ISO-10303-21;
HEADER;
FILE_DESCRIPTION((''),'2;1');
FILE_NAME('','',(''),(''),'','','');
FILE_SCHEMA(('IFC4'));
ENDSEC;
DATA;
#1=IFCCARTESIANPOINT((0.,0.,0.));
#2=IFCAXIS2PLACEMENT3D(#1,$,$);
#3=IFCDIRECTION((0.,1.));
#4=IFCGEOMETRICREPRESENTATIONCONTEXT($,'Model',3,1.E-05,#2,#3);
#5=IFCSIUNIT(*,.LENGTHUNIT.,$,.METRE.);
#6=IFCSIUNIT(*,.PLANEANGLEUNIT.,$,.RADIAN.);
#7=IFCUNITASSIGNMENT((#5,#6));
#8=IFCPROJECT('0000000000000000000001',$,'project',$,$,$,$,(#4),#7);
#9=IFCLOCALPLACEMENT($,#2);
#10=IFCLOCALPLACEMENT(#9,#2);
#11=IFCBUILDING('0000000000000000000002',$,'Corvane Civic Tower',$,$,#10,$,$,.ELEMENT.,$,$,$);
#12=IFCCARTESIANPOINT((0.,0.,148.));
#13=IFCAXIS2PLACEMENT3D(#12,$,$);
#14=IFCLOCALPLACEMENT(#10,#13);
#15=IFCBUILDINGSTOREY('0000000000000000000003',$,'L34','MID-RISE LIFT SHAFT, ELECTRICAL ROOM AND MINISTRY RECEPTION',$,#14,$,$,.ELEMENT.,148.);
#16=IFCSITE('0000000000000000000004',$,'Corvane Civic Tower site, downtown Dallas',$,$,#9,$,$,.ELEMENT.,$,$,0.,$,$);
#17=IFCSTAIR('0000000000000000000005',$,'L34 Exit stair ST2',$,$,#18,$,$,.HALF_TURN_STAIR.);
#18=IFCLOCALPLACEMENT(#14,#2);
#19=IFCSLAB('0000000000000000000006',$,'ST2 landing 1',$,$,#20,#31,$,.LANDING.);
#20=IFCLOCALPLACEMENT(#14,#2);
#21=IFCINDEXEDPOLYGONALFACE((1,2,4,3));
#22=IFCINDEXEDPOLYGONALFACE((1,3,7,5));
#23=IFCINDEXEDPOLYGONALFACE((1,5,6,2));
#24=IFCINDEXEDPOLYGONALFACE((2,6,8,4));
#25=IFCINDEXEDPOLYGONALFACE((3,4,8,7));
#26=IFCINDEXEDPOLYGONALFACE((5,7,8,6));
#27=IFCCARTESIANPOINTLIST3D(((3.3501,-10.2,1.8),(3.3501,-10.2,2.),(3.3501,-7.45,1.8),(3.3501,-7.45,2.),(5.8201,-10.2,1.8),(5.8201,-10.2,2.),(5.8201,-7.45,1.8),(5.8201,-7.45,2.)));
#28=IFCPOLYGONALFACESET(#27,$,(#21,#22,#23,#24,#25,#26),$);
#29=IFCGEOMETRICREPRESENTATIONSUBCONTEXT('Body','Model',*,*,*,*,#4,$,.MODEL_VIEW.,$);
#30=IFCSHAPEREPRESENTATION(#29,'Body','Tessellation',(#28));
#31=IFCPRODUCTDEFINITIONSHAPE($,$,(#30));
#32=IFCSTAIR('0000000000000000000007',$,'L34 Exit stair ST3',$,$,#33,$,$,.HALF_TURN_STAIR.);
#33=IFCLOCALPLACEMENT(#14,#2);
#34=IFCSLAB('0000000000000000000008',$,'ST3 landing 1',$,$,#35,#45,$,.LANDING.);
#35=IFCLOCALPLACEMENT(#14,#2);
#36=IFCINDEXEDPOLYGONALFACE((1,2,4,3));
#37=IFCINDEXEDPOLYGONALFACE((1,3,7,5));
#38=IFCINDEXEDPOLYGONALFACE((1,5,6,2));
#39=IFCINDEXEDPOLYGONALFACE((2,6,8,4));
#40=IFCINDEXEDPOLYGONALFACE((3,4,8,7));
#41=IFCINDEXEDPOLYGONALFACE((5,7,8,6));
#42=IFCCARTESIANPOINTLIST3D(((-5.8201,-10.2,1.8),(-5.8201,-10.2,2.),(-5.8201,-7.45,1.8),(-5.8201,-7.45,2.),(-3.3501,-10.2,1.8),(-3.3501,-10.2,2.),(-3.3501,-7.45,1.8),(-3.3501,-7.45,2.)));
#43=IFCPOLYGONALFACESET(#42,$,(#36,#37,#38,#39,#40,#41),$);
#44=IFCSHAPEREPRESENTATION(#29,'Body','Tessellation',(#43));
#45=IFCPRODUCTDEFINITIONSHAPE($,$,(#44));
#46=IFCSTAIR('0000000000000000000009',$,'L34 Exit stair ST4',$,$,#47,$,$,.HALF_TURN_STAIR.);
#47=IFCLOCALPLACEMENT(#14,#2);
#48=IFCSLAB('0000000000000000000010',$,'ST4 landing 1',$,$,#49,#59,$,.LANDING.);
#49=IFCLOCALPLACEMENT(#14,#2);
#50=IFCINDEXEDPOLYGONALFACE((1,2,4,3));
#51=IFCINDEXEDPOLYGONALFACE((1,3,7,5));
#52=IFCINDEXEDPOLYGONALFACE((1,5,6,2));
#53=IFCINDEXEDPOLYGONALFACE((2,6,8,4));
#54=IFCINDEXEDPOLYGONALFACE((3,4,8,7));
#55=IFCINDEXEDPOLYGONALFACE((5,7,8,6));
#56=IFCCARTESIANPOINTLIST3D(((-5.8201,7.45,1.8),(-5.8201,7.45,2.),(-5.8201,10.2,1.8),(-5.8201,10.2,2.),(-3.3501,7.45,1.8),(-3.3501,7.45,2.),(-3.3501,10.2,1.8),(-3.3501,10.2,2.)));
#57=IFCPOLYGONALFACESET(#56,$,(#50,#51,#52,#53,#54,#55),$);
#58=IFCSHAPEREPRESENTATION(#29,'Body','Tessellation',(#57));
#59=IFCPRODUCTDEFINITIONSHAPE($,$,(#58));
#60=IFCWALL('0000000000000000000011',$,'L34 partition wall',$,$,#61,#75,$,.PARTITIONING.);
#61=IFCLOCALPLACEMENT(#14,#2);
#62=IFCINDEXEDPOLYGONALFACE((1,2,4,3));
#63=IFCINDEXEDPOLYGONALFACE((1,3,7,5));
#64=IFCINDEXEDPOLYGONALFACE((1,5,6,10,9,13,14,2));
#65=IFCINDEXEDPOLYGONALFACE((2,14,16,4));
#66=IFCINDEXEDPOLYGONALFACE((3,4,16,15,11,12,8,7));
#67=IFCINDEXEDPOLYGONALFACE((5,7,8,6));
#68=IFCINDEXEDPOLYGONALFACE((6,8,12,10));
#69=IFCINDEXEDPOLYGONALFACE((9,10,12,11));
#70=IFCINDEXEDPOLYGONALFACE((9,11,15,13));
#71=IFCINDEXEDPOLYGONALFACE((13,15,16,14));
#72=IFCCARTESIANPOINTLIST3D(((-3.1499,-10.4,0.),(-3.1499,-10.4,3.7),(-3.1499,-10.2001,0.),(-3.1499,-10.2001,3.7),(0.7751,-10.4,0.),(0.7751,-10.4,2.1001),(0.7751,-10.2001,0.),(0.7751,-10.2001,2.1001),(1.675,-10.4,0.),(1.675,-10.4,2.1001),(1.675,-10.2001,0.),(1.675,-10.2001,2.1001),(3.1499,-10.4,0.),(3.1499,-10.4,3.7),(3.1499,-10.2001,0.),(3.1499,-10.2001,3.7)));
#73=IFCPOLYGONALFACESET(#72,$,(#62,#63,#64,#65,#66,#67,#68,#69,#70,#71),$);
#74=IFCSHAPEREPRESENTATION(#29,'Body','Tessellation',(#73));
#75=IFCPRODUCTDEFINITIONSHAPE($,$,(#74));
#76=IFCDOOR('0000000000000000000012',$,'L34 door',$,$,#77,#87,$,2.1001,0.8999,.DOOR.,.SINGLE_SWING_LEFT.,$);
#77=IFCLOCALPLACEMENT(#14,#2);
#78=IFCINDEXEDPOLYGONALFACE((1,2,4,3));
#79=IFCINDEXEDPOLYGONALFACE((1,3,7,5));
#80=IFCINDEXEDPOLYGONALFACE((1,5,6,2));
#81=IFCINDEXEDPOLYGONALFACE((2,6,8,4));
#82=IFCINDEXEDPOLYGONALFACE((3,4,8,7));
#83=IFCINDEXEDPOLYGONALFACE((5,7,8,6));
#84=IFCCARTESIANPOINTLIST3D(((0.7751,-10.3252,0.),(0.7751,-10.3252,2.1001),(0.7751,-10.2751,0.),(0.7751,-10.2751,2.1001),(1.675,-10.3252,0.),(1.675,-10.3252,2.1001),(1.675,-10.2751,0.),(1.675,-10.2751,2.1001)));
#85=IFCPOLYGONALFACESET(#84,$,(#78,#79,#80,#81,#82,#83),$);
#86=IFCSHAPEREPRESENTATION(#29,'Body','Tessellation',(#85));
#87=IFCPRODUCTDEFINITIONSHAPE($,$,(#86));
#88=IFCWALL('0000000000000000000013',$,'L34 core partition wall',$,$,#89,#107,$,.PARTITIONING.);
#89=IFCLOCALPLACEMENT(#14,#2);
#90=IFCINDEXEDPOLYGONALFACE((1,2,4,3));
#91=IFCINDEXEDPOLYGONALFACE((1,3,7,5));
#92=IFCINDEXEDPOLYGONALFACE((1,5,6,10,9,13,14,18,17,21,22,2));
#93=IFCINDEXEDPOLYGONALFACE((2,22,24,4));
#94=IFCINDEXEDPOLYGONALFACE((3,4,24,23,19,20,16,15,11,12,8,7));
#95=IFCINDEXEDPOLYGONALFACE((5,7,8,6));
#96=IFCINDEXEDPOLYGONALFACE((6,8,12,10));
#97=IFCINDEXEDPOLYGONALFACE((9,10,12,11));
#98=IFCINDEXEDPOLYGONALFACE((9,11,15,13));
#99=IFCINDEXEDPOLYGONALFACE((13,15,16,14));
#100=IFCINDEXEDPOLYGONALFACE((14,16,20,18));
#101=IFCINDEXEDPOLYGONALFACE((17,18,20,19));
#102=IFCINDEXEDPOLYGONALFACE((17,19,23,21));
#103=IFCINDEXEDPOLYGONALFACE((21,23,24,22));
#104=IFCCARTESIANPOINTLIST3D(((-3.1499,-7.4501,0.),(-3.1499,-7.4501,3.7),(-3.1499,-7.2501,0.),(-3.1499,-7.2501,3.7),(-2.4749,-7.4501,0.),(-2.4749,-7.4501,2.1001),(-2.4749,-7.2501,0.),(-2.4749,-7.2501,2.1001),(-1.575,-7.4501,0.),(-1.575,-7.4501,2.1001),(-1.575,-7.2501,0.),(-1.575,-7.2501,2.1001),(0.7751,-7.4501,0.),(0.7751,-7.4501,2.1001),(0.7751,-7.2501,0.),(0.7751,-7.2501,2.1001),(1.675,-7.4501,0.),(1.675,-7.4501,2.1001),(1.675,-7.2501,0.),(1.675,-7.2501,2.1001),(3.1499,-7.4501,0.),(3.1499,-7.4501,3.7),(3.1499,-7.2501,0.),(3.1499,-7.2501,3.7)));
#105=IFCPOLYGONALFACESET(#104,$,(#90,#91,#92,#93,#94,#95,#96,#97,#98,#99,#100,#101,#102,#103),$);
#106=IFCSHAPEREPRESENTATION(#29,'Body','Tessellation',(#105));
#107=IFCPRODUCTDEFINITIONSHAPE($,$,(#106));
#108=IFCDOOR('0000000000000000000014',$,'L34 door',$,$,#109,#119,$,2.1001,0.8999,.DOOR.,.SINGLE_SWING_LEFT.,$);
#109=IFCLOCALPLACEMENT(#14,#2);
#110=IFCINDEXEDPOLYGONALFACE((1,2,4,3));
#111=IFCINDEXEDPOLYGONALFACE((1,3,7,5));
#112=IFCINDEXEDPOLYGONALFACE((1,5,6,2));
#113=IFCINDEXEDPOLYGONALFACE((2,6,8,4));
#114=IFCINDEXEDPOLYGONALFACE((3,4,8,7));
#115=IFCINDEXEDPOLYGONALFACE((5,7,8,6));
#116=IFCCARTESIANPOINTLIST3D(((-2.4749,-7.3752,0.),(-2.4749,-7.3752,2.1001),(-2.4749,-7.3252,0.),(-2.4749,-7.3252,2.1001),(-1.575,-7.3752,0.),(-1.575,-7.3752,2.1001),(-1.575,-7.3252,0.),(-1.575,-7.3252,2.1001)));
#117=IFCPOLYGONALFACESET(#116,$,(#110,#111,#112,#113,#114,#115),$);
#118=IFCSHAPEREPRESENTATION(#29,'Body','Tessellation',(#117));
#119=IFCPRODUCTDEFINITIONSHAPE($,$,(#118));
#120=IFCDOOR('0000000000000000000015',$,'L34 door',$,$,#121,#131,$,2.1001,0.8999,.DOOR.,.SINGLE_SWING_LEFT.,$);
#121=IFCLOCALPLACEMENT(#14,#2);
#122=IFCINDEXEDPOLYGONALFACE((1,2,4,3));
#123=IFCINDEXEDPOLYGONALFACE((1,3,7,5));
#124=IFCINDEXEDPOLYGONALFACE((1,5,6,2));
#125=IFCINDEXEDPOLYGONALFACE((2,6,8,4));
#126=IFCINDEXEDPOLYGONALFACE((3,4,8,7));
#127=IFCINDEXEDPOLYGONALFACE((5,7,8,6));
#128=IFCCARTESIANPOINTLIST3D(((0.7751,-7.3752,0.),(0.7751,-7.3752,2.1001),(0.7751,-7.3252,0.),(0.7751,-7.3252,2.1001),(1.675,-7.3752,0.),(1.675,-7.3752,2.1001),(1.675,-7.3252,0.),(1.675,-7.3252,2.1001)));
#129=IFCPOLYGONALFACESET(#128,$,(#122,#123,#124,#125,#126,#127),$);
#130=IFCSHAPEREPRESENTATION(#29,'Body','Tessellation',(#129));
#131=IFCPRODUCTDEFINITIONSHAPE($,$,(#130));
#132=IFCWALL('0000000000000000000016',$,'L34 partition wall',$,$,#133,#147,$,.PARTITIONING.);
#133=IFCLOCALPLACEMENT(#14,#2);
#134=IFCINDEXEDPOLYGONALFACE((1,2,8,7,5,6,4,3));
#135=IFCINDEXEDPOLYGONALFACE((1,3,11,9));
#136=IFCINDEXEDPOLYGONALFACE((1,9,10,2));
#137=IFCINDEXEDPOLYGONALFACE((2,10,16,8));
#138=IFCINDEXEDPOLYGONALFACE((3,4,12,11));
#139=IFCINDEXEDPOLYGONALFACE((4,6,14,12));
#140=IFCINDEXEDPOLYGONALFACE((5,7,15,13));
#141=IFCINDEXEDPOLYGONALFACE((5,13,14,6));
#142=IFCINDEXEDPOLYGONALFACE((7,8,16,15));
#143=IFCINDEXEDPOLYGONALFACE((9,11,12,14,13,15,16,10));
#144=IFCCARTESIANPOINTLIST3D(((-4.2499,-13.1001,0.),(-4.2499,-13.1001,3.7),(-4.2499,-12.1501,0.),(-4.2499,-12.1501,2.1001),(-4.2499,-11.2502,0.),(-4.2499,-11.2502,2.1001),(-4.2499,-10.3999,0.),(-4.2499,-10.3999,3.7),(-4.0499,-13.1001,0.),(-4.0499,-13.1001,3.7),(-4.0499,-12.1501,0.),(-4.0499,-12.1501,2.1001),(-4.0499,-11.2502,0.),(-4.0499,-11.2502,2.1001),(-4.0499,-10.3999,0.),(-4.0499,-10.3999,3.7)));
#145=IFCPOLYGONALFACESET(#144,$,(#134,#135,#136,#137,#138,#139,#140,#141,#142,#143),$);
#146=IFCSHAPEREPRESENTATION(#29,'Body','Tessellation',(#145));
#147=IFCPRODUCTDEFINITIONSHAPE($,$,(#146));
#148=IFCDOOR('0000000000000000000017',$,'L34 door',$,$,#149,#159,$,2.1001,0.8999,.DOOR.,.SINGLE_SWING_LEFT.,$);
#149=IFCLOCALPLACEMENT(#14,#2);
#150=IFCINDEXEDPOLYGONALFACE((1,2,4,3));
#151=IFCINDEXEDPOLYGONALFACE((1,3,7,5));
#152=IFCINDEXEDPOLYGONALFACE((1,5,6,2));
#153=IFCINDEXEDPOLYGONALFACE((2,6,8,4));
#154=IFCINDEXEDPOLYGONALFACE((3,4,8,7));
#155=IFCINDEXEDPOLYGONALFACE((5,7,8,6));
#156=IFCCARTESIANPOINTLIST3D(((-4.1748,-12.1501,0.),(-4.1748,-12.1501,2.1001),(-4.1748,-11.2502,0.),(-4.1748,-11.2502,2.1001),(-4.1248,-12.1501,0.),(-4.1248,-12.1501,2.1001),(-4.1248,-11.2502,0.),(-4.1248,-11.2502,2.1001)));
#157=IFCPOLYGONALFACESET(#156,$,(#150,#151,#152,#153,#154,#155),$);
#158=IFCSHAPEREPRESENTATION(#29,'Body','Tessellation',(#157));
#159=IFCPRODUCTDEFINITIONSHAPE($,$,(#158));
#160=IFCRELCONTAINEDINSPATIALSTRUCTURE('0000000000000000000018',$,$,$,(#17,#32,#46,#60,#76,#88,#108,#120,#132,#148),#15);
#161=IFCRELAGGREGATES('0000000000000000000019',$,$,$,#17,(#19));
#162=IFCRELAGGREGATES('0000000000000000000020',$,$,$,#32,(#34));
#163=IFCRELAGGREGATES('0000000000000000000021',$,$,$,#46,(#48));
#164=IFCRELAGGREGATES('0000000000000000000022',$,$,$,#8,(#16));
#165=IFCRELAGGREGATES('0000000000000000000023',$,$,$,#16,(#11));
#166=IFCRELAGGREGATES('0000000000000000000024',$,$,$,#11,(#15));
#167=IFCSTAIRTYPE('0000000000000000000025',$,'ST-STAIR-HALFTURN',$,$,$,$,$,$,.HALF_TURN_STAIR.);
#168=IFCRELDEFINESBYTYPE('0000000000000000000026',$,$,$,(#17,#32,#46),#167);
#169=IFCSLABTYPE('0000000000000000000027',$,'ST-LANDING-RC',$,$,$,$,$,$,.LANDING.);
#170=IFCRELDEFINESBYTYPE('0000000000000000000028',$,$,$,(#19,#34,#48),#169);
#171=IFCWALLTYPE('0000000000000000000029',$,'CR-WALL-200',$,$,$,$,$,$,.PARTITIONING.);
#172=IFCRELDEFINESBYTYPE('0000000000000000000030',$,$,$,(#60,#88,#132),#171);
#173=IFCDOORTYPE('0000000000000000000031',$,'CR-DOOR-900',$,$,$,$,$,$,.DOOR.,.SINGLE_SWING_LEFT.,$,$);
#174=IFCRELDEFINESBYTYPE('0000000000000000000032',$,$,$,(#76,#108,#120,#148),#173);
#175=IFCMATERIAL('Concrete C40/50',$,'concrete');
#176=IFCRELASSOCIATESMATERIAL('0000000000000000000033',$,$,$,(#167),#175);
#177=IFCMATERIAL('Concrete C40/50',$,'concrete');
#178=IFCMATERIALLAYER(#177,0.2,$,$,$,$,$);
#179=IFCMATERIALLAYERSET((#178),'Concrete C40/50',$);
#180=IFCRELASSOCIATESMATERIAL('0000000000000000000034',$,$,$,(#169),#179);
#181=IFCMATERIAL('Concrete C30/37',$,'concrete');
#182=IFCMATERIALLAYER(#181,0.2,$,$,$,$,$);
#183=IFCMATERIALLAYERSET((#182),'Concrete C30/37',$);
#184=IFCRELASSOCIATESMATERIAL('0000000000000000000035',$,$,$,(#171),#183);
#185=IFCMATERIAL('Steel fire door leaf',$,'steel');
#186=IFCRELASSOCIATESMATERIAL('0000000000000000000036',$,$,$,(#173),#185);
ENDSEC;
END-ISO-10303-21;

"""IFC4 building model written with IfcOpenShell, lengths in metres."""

from ifc_helpers import new_model, si_unit, direction, frame, frame_2d, origin, place, context, subcontext, project, spatial, polyline, rectangle, outline, extrude, material, layer, layer_set, type_object, element, fill, aggregate, save


model = new_model("IFC4")

# Units and contexts
model_context = context("Model", 3, precision=1e-05, world=origin(), true_north=direction((0.0, 1.0)))
body_context = subcontext(model_context, "Body", "Model", "MODEL_VIEW")
ifc_project = project(units=[si_unit("LENGTHUNIT", "METRE"), si_unit("PLANEANGLEUNIT", "RADIAN")], contexts=[model_context])

# Site, building, storey
site_placement = place(None, origin())
site = spatial("IfcSite", under=ifc_project, at=site_placement, Name="Corvane Civic Tower site, downtown Dallas", CompositionType="ELEMENT", RefElevation=0.0)
building_placement = place(site_placement, origin())
building = spatial("IfcBuilding", under=site, at=building_placement, Name="Corvane Civic Tower", CompositionType="ELEMENT")
storey_placement = place(building_placement, frame((0.0, 0.0, 148.0)))
storey = spatial("IfcBuildingStorey", under=building, at=storey_placement, Name="L34", Description="MID-RISE LIFT SHAFT, ELECTRICAL ROOM AND MINISTRY RECEPTION", CompositionType="ELEMENT", Elevation=148.0)

# Stairs, slabs
ifc_material_1 = material(Name="Concrete C40/50", Category="concrete")
stair_type = type_object("IfcStairType", Name="ST-STAIR-HALFTURN", PredefinedType="HALF_TURN_STAIR", material=ifc_material_1)
ifc_material_2 = material(Name="Concrete C40/50", Category="concrete")
ifc_layer_1 = layer(ifc_material_2, 0.2)
ifc_layer_set_1 = layer_set([ifc_layer_1], Name="Concrete C40/50")
slab_type_1 = type_object("IfcSlabType", Name="ST-LANDING-RC", PredefinedType="LANDING", material=ifc_layer_set_1)
stair_1_placement = place(storey_placement, origin())
stair_1 = element("IfcStair", 1, at=stair_1_placement, inside=storey, type_object=stair_type, Name="L34 Exit stair ST2", PredefinedType="HALF_TURN_STAIR")
slab_1_placement = place(storey_placement, frame((0.0, 0.0, 1.8)))
slab_1 = element("IfcSlab", 2, at=slab_1_placement, type_object=slab_type_1, Name="ST2 landing 1", PredefinedType="LANDING", context=body_context, shape_type="SweptSolid", body=[
    extrude(outline(polyline([(5.8201, -7.45), (3.3501, -7.45), (3.3501, -10.2), (5.8201, -10.2), (5.8201, -7.45)])), origin(), (0.0, 0.0, 1.0), 0.2),
])
aggregate(stair_1, [slab_1])
stair_2_placement = place(storey_placement, origin())
stair_2 = element("IfcStair", 3, at=stair_2_placement, inside=storey, type_object=stair_type, Name="L34 Exit stair ST3", PredefinedType="HALF_TURN_STAIR")
slab_2_placement = place(storey_placement, frame((0.0, 0.0, 1.8)))
slab_2 = element("IfcSlab", 4, at=slab_2_placement, type_object=slab_type_1, Name="ST3 landing 1", PredefinedType="LANDING", context=body_context, shape_type="SweptSolid", body=[
    extrude(outline(polyline([(-5.8201, -10.2), (-3.3501, -10.2), (-3.3501, -7.45), (-5.8201, -7.45), (-5.8201, -10.2)])), origin(), (0.0, 0.0, 1.0), 0.2),
])
aggregate(stair_2, [slab_2])
stair_3_placement = place(storey_placement, origin())
stair_3 = element("IfcStair", 5, at=stair_3_placement, inside=storey, type_object=stair_type, Name="L34 Exit stair ST4", PredefinedType="HALF_TURN_STAIR")
slab_3_placement = place(storey_placement, frame((0.0, 0.0, 1.8)))
slab_3 = element("IfcSlab", 6, at=slab_3_placement, type_object=slab_type_1, Name="ST4 landing 1", PredefinedType="LANDING", context=body_context, shape_type="SweptSolid", body=[
    extrude(outline(polyline([(-5.8201, 7.45), (-3.3501, 7.45), (-3.3501, 10.2), (-5.8201, 10.2), (-5.8201, 7.45)])), origin(), (0.0, 0.0, 1.0), 0.2),
])
aggregate(stair_3, [slab_3])

# Wall, opening, door
ifc_material_3 = material(Name="Concrete C30/37", Category="concrete")
ifc_layer_2 = layer(ifc_material_3, 0.2)
ifc_layer_set_2 = layer_set([ifc_layer_2], Name="Concrete C30/37")
wall_type = type_object("IfcWallType", Name="CR-WALL-200", PredefinedType="PARTITIONING", material=ifc_layer_set_2)
wall_1_placement = place(storey_placement, frame((-3.1499, -10.3, 0.0), z_axis=(0.0, 0.0, 1.0), x_axis=(1.0, 0.0, 0.0)))
wall_1 = element("IfcWall", 7, at=wall_1_placement, inside=storey, type_object=wall_type, Name="L34 partition wall", PredefinedType="PARTITIONING", context=body_context, shape_type="SweptSolid", body=[
    extrude(rectangle(XDim=6.2998, YDim=0.2, at=frame_2d((3.1499, 0.0))), origin(), (0.0, 0.0, 1.0), 3.7),
])
opening_1_placement = place(wall_1_placement, frame((3.925, 0.0, 0.0)))
opening_1 = element("IfcOpeningElement", 8, at=opening_1_placement, cuts=wall_1, PredefinedType="OPENING", context=body_context, shape_type="SweptSolid", body=[
    extrude(rectangle(XDim=0.8999, YDim=2.1001, at=frame_2d((0.45, 1.05))), frame((0.0, 0.1099, 0.0), z_axis=(0.0, -1.0, 0.0), x_axis=(1.0, 0.0, 0.0)), (0.0, 0.0, 1.0), 0.22),
])
ifc_material_4 = material(Name="Steel fire door leaf", Category="steel")
door_type_1 = type_object("IfcDoorType", Name="CR-DOOR-900", OperationType="SINGLE_SWING_LEFT", PredefinedType="DOOR", material=ifc_material_4)
door_1_placement = place(opening_1_placement, origin())
door_1 = element("IfcDoor", 9, at=door_1_placement, inside=storey, type_object=door_type_1, Name="L34 door", OperationType="SINGLE_SWING_LEFT", OverallHeight=2.1001, OverallWidth=0.8999, PredefinedType="DOOR", context=body_context, shape_type="SweptSolid", body=[
    extrude(rectangle(XDim=0.8999, YDim=2.1001, at=frame_2d((0.45, 1.05))), frame((0.0, 0.0249, 0.0), z_axis=(0.0, -1.0, 0.0), x_axis=(1.0, 0.0, 0.0)), (0.0, 0.0, 1.0), 0.05),
])
fill(opening_1, door_1)

# Wall, openings, doors
wall_2_placement = place(storey_placement, frame((-3.1499, -7.3501, 0.0), z_axis=(0.0, 0.0, 1.0), x_axis=(1.0, 0.0, 0.0)))
wall_2 = element("IfcWall", 10, at=wall_2_placement, inside=storey, type_object=wall_type, Name="L34 core partition wall", PredefinedType="PARTITIONING", context=body_context, shape_type="SweptSolid", body=[
    extrude(rectangle(XDim=6.2998, YDim=0.2, at=frame_2d((3.1499, 0.0))), origin(), (0.0, 0.0, 1.0), 3.7),
])
opening_2_placement = place(wall_2_placement, frame((0.675, 0.0, 0.0)))
opening_2 = element("IfcOpeningElement", 11, at=opening_2_placement, cuts=wall_2, PredefinedType="OPENING", context=body_context, shape_type="SweptSolid", body=[
    extrude(rectangle(XDim=0.8999, YDim=2.1001, at=frame_2d((0.45, 1.05))), frame((0.0, 0.1099, 0.0), z_axis=(0.0, -1.0, 0.0), x_axis=(1.0, 0.0, 0.0)), (0.0, 0.0, 1.0), 0.22),
])
opening_3_placement = place(wall_2_placement, frame((3.925, 0.0, 0.0)))
opening_3 = element("IfcOpeningElement", 12, at=opening_3_placement, cuts=wall_2, PredefinedType="OPENING", context=body_context, shape_type="SweptSolid", body=[
    extrude(rectangle(XDim=0.8999, YDim=2.1001, at=frame_2d((0.45, 1.05))), frame((0.0, 0.1099, 0.0), z_axis=(0.0, -1.0, 0.0), x_axis=(1.0, 0.0, 0.0)), (0.0, 0.0, 1.0), 0.22),
])
door_2_placement = place(opening_2_placement, origin())
door_2 = element("IfcDoor", 13, at=door_2_placement, inside=storey, type_object=door_type_1, Name="L34 door", OperationType="SINGLE_SWING_LEFT", OverallHeight=2.1001, OverallWidth=0.8999, PredefinedType="DOOR", context=body_context, shape_type="SweptSolid", body=[
    extrude(rectangle(XDim=0.8999, YDim=2.1001, at=frame_2d((0.45, 1.05))), frame((0.0, 0.0249, 0.0), z_axis=(0.0, -1.0, 0.0), x_axis=(1.0, 0.0, 0.0)), (0.0, 0.0, 1.0), 0.05),
])
fill(opening_2, door_2)
door_3_placement = place(opening_3_placement, origin())
door_3 = element("IfcDoor", 14, at=door_3_placement, inside=storey, type_object=door_type_1, Name="L34 door", OperationType="SINGLE_SWING_LEFT", OverallHeight=2.1001, OverallWidth=0.8999, PredefinedType="DOOR", context=body_context, shape_type="SweptSolid", body=[
    extrude(rectangle(XDim=0.8999, YDim=2.1001, at=frame_2d((0.45, 1.05))), frame((0.0, 0.0249, 0.0), z_axis=(0.0, -1.0, 0.0), x_axis=(1.0, 0.0, 0.0)), (0.0, 0.0, 1.0), 0.05),
])
fill(opening_3, door_3)

# Wall, opening, door
wall_3_placement = place(storey_placement, frame((-4.1499, -13.1001, 0.0), z_axis=(0.0, 0.0, 1.0), x_axis=(0.0, 1.0, 0.0)))
wall_3 = element("IfcWall", 15, at=wall_3_placement, inside=storey, type_object=wall_type, Name="L34 partition wall", PredefinedType="PARTITIONING", context=body_context, shape_type="SweptSolid", body=[
    extrude(rectangle(XDim=2.7002, YDim=0.2, at=frame_2d((1.3501, 0.0))), origin(), (0.0, 0.0, 1.0), 3.7),
])
opening_4_placement = place(wall_3_placement, frame((0.95, 0.0, 0.0)))
opening_4 = element("IfcOpeningElement", 16, at=opening_4_placement, cuts=wall_3, PredefinedType="OPENING", context=body_context, shape_type="SweptSolid", body=[
    extrude(rectangle(XDim=0.8999, YDim=2.1001, at=frame_2d((0.45, 1.05))), frame((0.0, 0.1099, 0.0), z_axis=(0.0, -1.0, 0.0), x_axis=(1.0, 0.0, 0.0)), (0.0, 0.0, 1.0), 0.22),
])
door_4_placement = place(opening_4_placement, origin())
door_4 = element("IfcDoor", 17, at=door_4_placement, inside=storey, type_object=door_type_1, Name="L34 door", OperationType="SINGLE_SWING_LEFT", OverallHeight=2.1001, OverallWidth=0.8999, PredefinedType="DOOR", context=body_context, shape_type="SweptSolid", body=[
    extrude(rectangle(XDim=0.8999, YDim=2.1001, at=frame_2d((0.45, 1.05))), frame((0.0, 0.0249, 0.0), z_axis=(0.0, -1.0, 0.0), x_axis=(1.0, 0.0, 0.0)), (0.0, 0.0, 1.0), 0.05),
])
fill(opening_4, door_4)

save(model, "model.ifc")
